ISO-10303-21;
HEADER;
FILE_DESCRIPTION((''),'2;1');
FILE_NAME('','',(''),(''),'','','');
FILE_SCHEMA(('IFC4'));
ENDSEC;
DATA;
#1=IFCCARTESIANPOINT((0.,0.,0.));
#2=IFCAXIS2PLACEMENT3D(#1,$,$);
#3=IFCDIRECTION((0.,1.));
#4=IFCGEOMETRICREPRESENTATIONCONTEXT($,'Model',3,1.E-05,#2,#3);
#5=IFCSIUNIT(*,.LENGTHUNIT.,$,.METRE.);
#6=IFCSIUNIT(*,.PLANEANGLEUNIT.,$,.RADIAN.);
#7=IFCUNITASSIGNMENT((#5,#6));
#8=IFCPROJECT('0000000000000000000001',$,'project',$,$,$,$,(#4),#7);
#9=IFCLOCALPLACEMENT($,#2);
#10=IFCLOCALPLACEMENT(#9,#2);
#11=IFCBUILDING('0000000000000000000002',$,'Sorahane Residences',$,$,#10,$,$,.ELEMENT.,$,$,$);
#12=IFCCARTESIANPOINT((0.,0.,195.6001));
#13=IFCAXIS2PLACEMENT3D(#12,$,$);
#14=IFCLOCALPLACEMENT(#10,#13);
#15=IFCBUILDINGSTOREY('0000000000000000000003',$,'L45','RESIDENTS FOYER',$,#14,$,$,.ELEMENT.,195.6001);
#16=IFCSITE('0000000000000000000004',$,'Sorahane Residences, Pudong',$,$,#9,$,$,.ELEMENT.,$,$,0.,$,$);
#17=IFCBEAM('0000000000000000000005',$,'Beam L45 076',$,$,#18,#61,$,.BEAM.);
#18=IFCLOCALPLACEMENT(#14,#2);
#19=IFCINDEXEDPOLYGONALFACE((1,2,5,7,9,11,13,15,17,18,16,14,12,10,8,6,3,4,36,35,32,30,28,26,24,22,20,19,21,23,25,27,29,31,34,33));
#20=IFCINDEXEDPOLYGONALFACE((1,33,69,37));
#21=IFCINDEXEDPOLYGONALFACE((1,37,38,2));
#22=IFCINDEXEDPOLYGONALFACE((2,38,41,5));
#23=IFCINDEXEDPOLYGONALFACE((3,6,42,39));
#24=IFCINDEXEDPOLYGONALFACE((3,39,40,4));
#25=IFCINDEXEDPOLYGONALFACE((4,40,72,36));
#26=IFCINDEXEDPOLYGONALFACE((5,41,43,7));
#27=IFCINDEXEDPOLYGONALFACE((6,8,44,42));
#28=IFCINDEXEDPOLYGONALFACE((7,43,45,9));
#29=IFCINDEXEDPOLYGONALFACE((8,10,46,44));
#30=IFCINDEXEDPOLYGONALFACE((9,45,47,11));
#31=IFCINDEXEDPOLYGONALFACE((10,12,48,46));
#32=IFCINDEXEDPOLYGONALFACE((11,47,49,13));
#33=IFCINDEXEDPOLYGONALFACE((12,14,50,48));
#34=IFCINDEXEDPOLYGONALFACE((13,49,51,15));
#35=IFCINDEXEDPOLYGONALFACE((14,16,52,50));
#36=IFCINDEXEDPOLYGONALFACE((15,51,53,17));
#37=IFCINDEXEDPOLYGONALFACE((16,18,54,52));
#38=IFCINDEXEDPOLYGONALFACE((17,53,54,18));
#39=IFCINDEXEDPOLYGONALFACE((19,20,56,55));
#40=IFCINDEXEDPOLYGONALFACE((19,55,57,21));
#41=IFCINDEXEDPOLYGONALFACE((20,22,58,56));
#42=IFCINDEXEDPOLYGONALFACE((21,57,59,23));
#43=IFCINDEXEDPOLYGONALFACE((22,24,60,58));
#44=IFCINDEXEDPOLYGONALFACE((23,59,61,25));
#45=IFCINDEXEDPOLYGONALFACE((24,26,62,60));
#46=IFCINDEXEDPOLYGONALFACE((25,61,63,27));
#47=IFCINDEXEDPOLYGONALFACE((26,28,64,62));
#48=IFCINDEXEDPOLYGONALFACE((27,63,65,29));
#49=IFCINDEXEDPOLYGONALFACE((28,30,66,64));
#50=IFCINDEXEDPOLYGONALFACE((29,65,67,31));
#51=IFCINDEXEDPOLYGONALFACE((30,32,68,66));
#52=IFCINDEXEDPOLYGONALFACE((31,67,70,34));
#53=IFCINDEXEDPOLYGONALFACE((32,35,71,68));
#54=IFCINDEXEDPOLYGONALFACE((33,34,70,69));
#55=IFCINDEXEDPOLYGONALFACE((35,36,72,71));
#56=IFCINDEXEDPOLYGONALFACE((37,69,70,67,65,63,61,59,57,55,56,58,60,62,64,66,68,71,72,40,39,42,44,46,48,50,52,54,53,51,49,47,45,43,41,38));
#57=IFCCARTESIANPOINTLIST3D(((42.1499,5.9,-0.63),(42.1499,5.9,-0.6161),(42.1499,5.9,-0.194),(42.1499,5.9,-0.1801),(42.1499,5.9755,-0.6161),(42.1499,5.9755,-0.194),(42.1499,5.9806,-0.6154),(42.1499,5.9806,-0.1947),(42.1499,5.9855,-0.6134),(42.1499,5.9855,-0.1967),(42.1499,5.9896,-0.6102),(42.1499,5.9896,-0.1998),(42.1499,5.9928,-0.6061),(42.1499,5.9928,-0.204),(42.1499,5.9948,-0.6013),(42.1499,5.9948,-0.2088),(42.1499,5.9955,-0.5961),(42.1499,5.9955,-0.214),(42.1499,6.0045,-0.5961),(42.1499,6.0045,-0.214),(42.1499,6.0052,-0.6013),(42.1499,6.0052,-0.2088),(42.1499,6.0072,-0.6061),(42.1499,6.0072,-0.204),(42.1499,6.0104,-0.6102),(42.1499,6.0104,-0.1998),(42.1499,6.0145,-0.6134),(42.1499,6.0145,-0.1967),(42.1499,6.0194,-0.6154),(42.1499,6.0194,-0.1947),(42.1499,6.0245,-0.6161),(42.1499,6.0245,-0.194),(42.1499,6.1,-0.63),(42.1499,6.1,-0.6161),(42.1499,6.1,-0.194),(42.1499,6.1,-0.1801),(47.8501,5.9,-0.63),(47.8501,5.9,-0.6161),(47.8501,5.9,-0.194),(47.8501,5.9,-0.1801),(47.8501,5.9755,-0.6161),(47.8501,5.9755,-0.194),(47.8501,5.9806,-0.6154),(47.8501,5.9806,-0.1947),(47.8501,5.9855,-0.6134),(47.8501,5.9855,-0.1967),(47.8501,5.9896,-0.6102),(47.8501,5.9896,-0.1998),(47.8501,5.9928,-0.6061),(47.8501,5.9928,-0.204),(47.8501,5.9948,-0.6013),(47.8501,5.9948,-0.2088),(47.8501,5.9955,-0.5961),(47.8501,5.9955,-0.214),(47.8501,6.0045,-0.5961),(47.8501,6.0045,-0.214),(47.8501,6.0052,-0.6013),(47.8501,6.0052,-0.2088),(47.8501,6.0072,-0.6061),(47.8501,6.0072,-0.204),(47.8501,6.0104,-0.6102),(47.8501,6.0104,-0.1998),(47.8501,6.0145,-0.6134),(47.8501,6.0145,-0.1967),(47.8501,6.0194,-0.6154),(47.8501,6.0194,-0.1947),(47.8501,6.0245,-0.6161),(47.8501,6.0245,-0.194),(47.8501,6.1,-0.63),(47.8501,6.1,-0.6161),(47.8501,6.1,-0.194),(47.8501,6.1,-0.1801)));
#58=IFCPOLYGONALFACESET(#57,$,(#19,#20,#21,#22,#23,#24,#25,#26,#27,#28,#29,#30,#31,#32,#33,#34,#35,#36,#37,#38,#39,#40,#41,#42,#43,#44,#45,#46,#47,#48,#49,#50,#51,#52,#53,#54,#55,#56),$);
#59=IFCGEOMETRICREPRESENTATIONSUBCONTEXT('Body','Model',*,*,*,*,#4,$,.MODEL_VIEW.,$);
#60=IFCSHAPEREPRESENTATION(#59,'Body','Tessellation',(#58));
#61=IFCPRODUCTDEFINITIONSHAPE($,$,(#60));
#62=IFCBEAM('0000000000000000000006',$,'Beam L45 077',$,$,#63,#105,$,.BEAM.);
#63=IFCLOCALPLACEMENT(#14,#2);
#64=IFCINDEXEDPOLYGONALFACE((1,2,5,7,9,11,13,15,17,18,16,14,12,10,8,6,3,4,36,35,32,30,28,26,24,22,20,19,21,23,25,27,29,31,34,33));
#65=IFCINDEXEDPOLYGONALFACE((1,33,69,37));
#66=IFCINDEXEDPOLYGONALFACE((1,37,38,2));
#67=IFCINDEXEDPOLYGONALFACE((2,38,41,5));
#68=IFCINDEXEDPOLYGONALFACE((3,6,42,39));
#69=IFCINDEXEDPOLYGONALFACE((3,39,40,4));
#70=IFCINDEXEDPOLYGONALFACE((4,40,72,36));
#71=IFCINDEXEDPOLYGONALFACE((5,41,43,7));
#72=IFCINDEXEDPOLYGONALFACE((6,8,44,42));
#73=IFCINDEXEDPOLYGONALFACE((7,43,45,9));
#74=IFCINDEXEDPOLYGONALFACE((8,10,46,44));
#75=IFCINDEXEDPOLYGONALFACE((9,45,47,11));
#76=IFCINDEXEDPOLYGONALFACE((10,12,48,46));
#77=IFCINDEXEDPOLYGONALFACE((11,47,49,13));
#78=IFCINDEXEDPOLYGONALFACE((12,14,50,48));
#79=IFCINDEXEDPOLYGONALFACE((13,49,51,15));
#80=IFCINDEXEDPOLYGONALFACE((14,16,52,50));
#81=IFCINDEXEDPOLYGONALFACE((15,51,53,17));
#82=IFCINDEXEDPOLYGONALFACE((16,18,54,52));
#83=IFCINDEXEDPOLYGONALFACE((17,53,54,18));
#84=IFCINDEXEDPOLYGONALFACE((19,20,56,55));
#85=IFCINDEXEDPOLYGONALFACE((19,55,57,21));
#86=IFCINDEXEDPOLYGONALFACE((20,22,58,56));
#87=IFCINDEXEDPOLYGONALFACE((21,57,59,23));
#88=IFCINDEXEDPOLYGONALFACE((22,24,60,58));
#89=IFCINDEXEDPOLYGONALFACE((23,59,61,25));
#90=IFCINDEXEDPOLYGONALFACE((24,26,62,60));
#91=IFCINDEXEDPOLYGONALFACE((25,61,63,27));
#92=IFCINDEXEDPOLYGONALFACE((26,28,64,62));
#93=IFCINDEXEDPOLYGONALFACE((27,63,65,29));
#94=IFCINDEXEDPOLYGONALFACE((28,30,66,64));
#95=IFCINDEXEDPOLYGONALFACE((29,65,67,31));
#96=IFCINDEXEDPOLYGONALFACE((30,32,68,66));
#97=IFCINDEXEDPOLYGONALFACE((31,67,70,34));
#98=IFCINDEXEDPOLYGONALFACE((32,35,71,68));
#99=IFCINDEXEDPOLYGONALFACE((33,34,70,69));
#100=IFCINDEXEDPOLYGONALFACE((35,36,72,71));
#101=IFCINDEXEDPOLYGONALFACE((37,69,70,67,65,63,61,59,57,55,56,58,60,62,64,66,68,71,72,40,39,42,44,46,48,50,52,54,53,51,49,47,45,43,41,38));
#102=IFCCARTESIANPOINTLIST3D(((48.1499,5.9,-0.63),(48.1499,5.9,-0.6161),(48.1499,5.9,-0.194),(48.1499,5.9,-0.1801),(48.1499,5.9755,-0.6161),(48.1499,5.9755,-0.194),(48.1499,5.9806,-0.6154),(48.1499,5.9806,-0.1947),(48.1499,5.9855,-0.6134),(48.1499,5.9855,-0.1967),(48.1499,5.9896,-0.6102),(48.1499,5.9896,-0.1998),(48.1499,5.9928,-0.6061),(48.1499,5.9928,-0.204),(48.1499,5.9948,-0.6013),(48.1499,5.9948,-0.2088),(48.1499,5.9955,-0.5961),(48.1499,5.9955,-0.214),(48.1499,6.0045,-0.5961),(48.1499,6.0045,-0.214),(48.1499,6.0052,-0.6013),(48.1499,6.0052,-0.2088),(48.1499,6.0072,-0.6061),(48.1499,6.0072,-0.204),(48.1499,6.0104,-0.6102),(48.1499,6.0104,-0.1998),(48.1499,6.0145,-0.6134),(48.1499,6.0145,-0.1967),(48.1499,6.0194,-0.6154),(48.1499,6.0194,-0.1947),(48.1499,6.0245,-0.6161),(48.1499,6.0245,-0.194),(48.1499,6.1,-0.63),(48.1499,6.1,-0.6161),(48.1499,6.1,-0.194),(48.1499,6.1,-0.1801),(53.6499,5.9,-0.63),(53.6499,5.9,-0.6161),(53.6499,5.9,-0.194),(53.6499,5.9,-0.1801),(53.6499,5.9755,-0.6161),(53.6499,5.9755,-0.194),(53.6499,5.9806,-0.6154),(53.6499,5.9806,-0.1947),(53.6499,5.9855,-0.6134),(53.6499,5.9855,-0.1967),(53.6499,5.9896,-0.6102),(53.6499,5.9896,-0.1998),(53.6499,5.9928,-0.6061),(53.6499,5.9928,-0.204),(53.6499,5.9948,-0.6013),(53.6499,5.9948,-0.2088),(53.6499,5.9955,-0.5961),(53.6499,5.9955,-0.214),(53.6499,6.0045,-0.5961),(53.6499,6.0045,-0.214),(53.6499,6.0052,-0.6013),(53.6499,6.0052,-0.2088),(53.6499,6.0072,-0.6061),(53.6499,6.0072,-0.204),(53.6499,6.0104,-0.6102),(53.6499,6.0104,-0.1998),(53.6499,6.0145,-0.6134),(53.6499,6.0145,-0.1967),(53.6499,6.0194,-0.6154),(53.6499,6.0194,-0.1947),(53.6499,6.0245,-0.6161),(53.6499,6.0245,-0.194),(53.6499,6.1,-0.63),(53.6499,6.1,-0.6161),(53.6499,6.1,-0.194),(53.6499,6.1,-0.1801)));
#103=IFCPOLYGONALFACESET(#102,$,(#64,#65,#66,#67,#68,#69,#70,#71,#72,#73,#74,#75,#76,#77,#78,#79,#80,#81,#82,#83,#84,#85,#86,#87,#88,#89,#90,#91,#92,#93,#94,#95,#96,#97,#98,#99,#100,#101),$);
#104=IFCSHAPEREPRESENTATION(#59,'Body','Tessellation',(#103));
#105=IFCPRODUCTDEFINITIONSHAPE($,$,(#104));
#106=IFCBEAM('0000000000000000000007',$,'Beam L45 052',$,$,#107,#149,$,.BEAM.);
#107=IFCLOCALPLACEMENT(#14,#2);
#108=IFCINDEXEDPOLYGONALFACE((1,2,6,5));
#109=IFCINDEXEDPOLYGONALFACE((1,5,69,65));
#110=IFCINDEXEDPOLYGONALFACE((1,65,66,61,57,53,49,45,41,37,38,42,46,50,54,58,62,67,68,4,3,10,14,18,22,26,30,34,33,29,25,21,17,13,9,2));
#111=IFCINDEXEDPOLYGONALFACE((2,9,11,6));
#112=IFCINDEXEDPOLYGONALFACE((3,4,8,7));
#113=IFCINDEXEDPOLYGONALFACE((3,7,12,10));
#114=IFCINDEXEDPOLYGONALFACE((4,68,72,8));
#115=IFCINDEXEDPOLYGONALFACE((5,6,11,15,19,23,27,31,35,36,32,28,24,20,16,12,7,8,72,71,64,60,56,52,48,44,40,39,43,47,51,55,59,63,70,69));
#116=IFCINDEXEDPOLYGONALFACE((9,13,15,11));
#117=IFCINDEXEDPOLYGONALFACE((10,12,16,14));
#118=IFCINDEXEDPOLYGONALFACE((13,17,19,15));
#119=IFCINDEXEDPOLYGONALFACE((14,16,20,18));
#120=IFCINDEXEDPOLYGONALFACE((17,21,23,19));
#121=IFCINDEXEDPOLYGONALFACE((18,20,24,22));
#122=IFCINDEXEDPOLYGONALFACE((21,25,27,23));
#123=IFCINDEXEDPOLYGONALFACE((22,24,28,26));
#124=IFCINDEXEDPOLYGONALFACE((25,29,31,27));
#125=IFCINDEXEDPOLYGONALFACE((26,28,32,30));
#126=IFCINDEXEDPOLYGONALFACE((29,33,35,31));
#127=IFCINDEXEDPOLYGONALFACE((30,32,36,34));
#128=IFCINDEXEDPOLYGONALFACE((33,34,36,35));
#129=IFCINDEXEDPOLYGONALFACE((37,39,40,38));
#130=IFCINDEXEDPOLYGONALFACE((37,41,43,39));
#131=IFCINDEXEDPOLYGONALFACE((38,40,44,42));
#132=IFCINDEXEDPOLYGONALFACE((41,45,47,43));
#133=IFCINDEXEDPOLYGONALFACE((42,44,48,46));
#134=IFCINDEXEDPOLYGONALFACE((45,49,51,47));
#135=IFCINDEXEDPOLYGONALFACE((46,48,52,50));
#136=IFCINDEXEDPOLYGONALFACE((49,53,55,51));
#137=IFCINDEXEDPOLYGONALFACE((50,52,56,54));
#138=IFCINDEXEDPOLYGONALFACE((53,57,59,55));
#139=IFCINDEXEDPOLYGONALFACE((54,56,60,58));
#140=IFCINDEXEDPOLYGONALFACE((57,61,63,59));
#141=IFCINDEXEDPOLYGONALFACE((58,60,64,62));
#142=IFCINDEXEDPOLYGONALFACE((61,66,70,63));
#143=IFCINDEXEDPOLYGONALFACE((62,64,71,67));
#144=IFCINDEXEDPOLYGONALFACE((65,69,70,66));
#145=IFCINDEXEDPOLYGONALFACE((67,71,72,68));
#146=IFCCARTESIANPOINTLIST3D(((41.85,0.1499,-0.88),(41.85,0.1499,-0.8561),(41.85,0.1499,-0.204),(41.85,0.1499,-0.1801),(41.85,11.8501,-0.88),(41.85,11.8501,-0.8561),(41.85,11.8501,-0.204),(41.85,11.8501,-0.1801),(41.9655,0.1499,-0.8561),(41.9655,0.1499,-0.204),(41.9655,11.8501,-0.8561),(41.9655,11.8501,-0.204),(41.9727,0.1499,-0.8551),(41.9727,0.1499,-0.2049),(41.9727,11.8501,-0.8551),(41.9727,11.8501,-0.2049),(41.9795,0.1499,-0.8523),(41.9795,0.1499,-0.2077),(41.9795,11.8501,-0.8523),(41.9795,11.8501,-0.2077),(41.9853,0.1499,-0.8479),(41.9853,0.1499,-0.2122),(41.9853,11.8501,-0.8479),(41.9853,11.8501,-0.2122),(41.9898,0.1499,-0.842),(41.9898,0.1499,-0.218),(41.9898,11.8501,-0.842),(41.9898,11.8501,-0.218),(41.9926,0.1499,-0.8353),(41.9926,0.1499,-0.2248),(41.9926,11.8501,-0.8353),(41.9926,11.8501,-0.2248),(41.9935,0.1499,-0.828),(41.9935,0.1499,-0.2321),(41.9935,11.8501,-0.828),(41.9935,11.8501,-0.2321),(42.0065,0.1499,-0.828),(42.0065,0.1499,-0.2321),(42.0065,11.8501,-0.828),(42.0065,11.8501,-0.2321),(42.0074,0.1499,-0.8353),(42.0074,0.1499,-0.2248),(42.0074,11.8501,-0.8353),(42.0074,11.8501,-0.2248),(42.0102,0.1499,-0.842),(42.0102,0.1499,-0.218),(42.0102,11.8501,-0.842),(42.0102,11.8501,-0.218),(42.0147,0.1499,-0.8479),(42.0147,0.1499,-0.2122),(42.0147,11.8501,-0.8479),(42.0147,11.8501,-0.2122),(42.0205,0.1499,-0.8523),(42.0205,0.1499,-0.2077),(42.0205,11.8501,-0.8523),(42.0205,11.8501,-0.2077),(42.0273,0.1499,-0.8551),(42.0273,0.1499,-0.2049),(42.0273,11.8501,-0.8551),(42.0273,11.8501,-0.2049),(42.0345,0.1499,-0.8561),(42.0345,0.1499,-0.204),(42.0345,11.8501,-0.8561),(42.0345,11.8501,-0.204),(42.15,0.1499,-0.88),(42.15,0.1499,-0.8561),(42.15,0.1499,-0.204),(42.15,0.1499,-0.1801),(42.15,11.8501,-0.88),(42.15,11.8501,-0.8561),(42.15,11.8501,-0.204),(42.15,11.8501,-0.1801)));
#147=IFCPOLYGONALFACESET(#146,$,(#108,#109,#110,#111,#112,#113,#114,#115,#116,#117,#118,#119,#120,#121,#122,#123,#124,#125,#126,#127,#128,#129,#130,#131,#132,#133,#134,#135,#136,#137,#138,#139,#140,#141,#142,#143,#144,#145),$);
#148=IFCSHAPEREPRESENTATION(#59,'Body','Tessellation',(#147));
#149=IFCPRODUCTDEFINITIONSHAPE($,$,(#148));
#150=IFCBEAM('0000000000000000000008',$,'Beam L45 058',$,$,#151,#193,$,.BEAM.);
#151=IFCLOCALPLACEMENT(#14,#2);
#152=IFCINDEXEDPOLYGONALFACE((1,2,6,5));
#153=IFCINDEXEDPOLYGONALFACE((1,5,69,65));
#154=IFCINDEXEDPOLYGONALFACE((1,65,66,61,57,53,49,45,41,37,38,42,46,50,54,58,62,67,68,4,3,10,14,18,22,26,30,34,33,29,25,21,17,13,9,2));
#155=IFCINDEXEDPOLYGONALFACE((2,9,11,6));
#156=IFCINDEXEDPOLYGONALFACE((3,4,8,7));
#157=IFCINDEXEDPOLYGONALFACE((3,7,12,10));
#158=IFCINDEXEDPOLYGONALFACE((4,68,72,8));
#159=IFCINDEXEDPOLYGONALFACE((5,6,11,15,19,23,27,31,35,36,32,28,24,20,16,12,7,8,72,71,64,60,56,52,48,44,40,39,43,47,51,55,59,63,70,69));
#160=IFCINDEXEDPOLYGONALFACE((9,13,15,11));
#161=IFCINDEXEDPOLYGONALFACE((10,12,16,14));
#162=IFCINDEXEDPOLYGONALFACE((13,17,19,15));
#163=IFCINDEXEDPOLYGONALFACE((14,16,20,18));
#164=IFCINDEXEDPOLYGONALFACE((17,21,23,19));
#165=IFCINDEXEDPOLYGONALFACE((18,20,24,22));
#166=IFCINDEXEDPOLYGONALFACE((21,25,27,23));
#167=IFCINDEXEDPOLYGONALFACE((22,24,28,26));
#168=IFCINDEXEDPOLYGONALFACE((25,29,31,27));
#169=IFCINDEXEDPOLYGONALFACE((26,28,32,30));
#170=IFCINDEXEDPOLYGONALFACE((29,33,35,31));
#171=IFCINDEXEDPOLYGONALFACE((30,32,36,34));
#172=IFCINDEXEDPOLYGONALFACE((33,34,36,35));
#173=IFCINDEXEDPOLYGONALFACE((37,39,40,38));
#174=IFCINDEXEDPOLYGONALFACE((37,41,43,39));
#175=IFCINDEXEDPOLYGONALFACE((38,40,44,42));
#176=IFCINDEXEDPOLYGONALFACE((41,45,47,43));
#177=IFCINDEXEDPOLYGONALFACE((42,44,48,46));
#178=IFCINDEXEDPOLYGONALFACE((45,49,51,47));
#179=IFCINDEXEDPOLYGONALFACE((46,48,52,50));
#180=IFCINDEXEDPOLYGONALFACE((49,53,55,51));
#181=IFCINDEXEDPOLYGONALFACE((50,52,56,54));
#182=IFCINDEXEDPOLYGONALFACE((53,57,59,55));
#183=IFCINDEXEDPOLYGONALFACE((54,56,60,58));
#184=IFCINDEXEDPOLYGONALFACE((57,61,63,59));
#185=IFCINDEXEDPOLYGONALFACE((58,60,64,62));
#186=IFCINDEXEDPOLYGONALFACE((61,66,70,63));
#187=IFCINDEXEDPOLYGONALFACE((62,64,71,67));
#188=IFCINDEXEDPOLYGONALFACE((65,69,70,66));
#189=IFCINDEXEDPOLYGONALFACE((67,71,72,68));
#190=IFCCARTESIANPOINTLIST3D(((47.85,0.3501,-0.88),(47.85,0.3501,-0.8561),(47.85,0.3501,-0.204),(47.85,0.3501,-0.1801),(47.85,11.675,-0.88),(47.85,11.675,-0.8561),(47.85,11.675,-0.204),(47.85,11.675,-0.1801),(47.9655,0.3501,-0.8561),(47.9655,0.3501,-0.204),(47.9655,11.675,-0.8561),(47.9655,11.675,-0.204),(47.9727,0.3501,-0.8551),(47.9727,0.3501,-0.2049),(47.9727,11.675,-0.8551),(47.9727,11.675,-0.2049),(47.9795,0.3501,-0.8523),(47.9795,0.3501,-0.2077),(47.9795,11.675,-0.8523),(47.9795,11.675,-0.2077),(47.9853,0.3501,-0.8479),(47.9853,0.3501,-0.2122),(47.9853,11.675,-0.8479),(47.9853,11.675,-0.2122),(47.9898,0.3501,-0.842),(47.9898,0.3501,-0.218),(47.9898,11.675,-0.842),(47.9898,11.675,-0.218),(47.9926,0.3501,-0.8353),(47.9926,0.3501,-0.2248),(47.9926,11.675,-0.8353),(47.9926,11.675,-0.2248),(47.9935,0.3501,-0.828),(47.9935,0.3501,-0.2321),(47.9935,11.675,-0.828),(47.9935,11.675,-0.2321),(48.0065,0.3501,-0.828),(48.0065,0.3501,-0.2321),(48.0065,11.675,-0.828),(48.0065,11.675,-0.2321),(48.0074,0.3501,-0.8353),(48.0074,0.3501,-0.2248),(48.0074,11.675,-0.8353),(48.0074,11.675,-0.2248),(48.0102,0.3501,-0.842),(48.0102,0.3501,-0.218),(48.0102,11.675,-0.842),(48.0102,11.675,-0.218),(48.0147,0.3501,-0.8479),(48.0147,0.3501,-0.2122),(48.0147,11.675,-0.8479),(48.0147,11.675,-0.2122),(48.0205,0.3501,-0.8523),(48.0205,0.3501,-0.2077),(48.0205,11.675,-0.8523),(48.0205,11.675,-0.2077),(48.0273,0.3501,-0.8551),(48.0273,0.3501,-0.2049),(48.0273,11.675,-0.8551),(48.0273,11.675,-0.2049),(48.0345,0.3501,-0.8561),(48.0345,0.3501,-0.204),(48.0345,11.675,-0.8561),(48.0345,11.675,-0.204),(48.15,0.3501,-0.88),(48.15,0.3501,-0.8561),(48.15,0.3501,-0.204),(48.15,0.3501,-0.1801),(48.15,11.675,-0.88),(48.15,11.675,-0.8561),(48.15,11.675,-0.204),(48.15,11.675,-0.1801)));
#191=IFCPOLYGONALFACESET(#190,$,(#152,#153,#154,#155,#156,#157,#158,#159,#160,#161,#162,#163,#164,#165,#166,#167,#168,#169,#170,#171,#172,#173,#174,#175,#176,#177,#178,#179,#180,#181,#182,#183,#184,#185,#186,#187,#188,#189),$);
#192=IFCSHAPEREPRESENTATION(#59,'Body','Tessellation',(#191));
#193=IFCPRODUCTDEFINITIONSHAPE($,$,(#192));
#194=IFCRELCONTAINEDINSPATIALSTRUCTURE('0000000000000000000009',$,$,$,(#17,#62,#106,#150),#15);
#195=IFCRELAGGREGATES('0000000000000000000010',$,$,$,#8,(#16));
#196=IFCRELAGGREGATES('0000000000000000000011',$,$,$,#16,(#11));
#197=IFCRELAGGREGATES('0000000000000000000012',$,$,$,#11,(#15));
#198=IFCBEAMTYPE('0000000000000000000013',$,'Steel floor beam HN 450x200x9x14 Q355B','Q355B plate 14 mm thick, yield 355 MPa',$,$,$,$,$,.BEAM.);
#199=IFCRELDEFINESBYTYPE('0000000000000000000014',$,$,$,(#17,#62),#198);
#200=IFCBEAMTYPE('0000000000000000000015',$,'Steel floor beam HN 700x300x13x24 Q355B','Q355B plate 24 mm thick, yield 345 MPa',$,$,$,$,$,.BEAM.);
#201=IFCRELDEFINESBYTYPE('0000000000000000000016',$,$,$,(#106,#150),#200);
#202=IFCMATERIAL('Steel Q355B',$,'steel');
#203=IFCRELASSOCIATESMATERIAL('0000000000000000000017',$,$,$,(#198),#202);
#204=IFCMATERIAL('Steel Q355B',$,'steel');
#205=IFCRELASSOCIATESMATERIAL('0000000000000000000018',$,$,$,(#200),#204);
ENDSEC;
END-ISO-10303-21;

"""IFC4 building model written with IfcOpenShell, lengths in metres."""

from ifc_helpers import new_model, si_unit, direction, frame, origin, origin_2d, place, context, subcontext, project, spatial, i_section, extrude, material, material_profile, profile_set, type_object, element, save


model = new_model("IFC4")

# Units and contexts
model_context = context("Model", 3, precision=1e-05, world=origin(), true_north=direction((0.0, 1.0)))
body_context = subcontext(model_context, "Body", "Model", "MODEL_VIEW")
ifc_project = project(units=[si_unit("LENGTHUNIT", "METRE"), si_unit("PLANEANGLEUNIT", "RADIAN")], contexts=[model_context])

# Site, building, storey
site_placement = place(None, origin())
site = spatial("IfcSite", under=ifc_project, at=site_placement, Name="Sorahane Residences, Pudong", CompositionType="ELEMENT", RefElevation=0.0)
building_placement = place(site_placement, origin())
building = spatial("IfcBuilding", under=site, at=building_placement, Name="Sorahane Residences", CompositionType="ELEMENT")
storey_placement = place(building_placement, frame((0.0, 0.0, 195.6001)))
storey = spatial("IfcBuildingStorey", under=building, at=storey_placement, Name="L45", Description="RESIDENTS FOYER", CompositionType="ELEMENT", Elevation=195.6001)

# Beams
ifc_material_1 = material(Name="Steel Q355B", Category="steel")
ifc_material_profile_1 = material_profile(ifc_material_1, i_section(OverallWidth=0.2, OverallDepth=0.45, WebThickness=0.009, FlangeThickness=0.0139, FilletRadius=0.02, at=origin_2d()), Name="HN 450x200x9x14")
ifc_profile_set_1 = profile_set([ifc_material_profile_1], Name="Steel Q355B")
beam_type_1 = type_object("IfcBeamType", Name="Steel floor beam HN 450x200x9x14 Q355B", Description="Q355B plate 14 mm thick, yield 355 MPa", PredefinedType="BEAM", material=ifc_profile_set_1)
beam_1_placement = place(storey_placement, frame((42.1499, 6.0, -0.405), z_axis=(1.0, 0.0, 0.0), x_axis=(0.0, 1.0, 0.0)))
element("IfcBeam", 1, at=beam_1_placement, inside=storey, type_object=beam_type_1, Name="Beam L45 076", PredefinedType="BEAM", context=body_context, shape_type="SweptSolid", body=[
    extrude(i_section(OverallWidth=0.2, OverallDepth=0.45, WebThickness=0.009, FlangeThickness=0.0139, FilletRadius=0.02, at=origin_2d()), origin(), (0.0, 0.0, 1.0), 5.7002),
])
beam_2_placement = place(storey_placement, frame((48.1499, 6.0, -0.405), z_axis=(1.0, 0.0, 0.0), x_axis=(0.0, 1.0, 0.0)))
element("IfcBeam", 2, at=beam_2_placement, inside=storey, type_object=beam_type_1, Name="Beam L45 077", PredefinedType="BEAM", context=body_context, shape_type="SweptSolid", body=[
    extrude(i_section(OverallWidth=0.2, OverallDepth=0.45, WebThickness=0.009, FlangeThickness=0.0139, FilletRadius=0.02, at=origin_2d()), origin(), (0.0, 0.0, 1.0), 5.5),
])
ifc_material_2 = material(Name="Steel Q355B", Category="steel")
ifc_material_profile_2 = material_profile(ifc_material_2, i_section(OverallWidth=0.3, OverallDepth=0.7, WebThickness=0.0129, FlangeThickness=0.0239, FilletRadius=0.0281, at=origin_2d()), Name="HN 700x300x13x24")
ifc_profile_set_2 = profile_set([ifc_material_profile_2], Name="Steel Q355B")
beam_type_2 = type_object("IfcBeamType", Name="Steel floor beam HN 700x300x13x24 Q355B", Description="Q355B plate 24 mm thick, yield 345 MPa", PredefinedType="BEAM", material=ifc_profile_set_2)
beam_3_placement = place(storey_placement, frame((42.0, 0.1499, -0.53), z_axis=(0.0, 1.0, 0.0), x_axis=(-1.0, 0.0, 0.0)))
element("IfcBeam", 3, at=beam_3_placement, inside=storey, type_object=beam_type_2, Name="Beam L45 052", PredefinedType="BEAM", context=body_context, shape_type="SweptSolid", body=[
    extrude(i_section(OverallWidth=0.3, OverallDepth=0.7, WebThickness=0.0129, FlangeThickness=0.0239, FilletRadius=0.0281, at=origin_2d()), origin(), (0.0, 0.0, 1.0), 11.7002),
])
beam_4_placement = place(storey_placement, frame((48.0, 0.3501, -0.53), z_axis=(0.0, 1.0, 0.0), x_axis=(-1.0, 0.0, 0.0)))
element("IfcBeam", 4, at=beam_4_placement, inside=storey, type_object=beam_type_2, Name="Beam L45 058", PredefinedType="BEAM", context=body_context, shape_type="SweptSolid", body=[
    extrude(i_section(OverallWidth=0.3, OverallDepth=0.7, WebThickness=0.0129, FlangeThickness=0.0239, FilletRadius=0.0281, at=origin_2d()), origin(), (0.0, 0.0, 1.0), 11.325),
])

save(model, "model.ifc")
